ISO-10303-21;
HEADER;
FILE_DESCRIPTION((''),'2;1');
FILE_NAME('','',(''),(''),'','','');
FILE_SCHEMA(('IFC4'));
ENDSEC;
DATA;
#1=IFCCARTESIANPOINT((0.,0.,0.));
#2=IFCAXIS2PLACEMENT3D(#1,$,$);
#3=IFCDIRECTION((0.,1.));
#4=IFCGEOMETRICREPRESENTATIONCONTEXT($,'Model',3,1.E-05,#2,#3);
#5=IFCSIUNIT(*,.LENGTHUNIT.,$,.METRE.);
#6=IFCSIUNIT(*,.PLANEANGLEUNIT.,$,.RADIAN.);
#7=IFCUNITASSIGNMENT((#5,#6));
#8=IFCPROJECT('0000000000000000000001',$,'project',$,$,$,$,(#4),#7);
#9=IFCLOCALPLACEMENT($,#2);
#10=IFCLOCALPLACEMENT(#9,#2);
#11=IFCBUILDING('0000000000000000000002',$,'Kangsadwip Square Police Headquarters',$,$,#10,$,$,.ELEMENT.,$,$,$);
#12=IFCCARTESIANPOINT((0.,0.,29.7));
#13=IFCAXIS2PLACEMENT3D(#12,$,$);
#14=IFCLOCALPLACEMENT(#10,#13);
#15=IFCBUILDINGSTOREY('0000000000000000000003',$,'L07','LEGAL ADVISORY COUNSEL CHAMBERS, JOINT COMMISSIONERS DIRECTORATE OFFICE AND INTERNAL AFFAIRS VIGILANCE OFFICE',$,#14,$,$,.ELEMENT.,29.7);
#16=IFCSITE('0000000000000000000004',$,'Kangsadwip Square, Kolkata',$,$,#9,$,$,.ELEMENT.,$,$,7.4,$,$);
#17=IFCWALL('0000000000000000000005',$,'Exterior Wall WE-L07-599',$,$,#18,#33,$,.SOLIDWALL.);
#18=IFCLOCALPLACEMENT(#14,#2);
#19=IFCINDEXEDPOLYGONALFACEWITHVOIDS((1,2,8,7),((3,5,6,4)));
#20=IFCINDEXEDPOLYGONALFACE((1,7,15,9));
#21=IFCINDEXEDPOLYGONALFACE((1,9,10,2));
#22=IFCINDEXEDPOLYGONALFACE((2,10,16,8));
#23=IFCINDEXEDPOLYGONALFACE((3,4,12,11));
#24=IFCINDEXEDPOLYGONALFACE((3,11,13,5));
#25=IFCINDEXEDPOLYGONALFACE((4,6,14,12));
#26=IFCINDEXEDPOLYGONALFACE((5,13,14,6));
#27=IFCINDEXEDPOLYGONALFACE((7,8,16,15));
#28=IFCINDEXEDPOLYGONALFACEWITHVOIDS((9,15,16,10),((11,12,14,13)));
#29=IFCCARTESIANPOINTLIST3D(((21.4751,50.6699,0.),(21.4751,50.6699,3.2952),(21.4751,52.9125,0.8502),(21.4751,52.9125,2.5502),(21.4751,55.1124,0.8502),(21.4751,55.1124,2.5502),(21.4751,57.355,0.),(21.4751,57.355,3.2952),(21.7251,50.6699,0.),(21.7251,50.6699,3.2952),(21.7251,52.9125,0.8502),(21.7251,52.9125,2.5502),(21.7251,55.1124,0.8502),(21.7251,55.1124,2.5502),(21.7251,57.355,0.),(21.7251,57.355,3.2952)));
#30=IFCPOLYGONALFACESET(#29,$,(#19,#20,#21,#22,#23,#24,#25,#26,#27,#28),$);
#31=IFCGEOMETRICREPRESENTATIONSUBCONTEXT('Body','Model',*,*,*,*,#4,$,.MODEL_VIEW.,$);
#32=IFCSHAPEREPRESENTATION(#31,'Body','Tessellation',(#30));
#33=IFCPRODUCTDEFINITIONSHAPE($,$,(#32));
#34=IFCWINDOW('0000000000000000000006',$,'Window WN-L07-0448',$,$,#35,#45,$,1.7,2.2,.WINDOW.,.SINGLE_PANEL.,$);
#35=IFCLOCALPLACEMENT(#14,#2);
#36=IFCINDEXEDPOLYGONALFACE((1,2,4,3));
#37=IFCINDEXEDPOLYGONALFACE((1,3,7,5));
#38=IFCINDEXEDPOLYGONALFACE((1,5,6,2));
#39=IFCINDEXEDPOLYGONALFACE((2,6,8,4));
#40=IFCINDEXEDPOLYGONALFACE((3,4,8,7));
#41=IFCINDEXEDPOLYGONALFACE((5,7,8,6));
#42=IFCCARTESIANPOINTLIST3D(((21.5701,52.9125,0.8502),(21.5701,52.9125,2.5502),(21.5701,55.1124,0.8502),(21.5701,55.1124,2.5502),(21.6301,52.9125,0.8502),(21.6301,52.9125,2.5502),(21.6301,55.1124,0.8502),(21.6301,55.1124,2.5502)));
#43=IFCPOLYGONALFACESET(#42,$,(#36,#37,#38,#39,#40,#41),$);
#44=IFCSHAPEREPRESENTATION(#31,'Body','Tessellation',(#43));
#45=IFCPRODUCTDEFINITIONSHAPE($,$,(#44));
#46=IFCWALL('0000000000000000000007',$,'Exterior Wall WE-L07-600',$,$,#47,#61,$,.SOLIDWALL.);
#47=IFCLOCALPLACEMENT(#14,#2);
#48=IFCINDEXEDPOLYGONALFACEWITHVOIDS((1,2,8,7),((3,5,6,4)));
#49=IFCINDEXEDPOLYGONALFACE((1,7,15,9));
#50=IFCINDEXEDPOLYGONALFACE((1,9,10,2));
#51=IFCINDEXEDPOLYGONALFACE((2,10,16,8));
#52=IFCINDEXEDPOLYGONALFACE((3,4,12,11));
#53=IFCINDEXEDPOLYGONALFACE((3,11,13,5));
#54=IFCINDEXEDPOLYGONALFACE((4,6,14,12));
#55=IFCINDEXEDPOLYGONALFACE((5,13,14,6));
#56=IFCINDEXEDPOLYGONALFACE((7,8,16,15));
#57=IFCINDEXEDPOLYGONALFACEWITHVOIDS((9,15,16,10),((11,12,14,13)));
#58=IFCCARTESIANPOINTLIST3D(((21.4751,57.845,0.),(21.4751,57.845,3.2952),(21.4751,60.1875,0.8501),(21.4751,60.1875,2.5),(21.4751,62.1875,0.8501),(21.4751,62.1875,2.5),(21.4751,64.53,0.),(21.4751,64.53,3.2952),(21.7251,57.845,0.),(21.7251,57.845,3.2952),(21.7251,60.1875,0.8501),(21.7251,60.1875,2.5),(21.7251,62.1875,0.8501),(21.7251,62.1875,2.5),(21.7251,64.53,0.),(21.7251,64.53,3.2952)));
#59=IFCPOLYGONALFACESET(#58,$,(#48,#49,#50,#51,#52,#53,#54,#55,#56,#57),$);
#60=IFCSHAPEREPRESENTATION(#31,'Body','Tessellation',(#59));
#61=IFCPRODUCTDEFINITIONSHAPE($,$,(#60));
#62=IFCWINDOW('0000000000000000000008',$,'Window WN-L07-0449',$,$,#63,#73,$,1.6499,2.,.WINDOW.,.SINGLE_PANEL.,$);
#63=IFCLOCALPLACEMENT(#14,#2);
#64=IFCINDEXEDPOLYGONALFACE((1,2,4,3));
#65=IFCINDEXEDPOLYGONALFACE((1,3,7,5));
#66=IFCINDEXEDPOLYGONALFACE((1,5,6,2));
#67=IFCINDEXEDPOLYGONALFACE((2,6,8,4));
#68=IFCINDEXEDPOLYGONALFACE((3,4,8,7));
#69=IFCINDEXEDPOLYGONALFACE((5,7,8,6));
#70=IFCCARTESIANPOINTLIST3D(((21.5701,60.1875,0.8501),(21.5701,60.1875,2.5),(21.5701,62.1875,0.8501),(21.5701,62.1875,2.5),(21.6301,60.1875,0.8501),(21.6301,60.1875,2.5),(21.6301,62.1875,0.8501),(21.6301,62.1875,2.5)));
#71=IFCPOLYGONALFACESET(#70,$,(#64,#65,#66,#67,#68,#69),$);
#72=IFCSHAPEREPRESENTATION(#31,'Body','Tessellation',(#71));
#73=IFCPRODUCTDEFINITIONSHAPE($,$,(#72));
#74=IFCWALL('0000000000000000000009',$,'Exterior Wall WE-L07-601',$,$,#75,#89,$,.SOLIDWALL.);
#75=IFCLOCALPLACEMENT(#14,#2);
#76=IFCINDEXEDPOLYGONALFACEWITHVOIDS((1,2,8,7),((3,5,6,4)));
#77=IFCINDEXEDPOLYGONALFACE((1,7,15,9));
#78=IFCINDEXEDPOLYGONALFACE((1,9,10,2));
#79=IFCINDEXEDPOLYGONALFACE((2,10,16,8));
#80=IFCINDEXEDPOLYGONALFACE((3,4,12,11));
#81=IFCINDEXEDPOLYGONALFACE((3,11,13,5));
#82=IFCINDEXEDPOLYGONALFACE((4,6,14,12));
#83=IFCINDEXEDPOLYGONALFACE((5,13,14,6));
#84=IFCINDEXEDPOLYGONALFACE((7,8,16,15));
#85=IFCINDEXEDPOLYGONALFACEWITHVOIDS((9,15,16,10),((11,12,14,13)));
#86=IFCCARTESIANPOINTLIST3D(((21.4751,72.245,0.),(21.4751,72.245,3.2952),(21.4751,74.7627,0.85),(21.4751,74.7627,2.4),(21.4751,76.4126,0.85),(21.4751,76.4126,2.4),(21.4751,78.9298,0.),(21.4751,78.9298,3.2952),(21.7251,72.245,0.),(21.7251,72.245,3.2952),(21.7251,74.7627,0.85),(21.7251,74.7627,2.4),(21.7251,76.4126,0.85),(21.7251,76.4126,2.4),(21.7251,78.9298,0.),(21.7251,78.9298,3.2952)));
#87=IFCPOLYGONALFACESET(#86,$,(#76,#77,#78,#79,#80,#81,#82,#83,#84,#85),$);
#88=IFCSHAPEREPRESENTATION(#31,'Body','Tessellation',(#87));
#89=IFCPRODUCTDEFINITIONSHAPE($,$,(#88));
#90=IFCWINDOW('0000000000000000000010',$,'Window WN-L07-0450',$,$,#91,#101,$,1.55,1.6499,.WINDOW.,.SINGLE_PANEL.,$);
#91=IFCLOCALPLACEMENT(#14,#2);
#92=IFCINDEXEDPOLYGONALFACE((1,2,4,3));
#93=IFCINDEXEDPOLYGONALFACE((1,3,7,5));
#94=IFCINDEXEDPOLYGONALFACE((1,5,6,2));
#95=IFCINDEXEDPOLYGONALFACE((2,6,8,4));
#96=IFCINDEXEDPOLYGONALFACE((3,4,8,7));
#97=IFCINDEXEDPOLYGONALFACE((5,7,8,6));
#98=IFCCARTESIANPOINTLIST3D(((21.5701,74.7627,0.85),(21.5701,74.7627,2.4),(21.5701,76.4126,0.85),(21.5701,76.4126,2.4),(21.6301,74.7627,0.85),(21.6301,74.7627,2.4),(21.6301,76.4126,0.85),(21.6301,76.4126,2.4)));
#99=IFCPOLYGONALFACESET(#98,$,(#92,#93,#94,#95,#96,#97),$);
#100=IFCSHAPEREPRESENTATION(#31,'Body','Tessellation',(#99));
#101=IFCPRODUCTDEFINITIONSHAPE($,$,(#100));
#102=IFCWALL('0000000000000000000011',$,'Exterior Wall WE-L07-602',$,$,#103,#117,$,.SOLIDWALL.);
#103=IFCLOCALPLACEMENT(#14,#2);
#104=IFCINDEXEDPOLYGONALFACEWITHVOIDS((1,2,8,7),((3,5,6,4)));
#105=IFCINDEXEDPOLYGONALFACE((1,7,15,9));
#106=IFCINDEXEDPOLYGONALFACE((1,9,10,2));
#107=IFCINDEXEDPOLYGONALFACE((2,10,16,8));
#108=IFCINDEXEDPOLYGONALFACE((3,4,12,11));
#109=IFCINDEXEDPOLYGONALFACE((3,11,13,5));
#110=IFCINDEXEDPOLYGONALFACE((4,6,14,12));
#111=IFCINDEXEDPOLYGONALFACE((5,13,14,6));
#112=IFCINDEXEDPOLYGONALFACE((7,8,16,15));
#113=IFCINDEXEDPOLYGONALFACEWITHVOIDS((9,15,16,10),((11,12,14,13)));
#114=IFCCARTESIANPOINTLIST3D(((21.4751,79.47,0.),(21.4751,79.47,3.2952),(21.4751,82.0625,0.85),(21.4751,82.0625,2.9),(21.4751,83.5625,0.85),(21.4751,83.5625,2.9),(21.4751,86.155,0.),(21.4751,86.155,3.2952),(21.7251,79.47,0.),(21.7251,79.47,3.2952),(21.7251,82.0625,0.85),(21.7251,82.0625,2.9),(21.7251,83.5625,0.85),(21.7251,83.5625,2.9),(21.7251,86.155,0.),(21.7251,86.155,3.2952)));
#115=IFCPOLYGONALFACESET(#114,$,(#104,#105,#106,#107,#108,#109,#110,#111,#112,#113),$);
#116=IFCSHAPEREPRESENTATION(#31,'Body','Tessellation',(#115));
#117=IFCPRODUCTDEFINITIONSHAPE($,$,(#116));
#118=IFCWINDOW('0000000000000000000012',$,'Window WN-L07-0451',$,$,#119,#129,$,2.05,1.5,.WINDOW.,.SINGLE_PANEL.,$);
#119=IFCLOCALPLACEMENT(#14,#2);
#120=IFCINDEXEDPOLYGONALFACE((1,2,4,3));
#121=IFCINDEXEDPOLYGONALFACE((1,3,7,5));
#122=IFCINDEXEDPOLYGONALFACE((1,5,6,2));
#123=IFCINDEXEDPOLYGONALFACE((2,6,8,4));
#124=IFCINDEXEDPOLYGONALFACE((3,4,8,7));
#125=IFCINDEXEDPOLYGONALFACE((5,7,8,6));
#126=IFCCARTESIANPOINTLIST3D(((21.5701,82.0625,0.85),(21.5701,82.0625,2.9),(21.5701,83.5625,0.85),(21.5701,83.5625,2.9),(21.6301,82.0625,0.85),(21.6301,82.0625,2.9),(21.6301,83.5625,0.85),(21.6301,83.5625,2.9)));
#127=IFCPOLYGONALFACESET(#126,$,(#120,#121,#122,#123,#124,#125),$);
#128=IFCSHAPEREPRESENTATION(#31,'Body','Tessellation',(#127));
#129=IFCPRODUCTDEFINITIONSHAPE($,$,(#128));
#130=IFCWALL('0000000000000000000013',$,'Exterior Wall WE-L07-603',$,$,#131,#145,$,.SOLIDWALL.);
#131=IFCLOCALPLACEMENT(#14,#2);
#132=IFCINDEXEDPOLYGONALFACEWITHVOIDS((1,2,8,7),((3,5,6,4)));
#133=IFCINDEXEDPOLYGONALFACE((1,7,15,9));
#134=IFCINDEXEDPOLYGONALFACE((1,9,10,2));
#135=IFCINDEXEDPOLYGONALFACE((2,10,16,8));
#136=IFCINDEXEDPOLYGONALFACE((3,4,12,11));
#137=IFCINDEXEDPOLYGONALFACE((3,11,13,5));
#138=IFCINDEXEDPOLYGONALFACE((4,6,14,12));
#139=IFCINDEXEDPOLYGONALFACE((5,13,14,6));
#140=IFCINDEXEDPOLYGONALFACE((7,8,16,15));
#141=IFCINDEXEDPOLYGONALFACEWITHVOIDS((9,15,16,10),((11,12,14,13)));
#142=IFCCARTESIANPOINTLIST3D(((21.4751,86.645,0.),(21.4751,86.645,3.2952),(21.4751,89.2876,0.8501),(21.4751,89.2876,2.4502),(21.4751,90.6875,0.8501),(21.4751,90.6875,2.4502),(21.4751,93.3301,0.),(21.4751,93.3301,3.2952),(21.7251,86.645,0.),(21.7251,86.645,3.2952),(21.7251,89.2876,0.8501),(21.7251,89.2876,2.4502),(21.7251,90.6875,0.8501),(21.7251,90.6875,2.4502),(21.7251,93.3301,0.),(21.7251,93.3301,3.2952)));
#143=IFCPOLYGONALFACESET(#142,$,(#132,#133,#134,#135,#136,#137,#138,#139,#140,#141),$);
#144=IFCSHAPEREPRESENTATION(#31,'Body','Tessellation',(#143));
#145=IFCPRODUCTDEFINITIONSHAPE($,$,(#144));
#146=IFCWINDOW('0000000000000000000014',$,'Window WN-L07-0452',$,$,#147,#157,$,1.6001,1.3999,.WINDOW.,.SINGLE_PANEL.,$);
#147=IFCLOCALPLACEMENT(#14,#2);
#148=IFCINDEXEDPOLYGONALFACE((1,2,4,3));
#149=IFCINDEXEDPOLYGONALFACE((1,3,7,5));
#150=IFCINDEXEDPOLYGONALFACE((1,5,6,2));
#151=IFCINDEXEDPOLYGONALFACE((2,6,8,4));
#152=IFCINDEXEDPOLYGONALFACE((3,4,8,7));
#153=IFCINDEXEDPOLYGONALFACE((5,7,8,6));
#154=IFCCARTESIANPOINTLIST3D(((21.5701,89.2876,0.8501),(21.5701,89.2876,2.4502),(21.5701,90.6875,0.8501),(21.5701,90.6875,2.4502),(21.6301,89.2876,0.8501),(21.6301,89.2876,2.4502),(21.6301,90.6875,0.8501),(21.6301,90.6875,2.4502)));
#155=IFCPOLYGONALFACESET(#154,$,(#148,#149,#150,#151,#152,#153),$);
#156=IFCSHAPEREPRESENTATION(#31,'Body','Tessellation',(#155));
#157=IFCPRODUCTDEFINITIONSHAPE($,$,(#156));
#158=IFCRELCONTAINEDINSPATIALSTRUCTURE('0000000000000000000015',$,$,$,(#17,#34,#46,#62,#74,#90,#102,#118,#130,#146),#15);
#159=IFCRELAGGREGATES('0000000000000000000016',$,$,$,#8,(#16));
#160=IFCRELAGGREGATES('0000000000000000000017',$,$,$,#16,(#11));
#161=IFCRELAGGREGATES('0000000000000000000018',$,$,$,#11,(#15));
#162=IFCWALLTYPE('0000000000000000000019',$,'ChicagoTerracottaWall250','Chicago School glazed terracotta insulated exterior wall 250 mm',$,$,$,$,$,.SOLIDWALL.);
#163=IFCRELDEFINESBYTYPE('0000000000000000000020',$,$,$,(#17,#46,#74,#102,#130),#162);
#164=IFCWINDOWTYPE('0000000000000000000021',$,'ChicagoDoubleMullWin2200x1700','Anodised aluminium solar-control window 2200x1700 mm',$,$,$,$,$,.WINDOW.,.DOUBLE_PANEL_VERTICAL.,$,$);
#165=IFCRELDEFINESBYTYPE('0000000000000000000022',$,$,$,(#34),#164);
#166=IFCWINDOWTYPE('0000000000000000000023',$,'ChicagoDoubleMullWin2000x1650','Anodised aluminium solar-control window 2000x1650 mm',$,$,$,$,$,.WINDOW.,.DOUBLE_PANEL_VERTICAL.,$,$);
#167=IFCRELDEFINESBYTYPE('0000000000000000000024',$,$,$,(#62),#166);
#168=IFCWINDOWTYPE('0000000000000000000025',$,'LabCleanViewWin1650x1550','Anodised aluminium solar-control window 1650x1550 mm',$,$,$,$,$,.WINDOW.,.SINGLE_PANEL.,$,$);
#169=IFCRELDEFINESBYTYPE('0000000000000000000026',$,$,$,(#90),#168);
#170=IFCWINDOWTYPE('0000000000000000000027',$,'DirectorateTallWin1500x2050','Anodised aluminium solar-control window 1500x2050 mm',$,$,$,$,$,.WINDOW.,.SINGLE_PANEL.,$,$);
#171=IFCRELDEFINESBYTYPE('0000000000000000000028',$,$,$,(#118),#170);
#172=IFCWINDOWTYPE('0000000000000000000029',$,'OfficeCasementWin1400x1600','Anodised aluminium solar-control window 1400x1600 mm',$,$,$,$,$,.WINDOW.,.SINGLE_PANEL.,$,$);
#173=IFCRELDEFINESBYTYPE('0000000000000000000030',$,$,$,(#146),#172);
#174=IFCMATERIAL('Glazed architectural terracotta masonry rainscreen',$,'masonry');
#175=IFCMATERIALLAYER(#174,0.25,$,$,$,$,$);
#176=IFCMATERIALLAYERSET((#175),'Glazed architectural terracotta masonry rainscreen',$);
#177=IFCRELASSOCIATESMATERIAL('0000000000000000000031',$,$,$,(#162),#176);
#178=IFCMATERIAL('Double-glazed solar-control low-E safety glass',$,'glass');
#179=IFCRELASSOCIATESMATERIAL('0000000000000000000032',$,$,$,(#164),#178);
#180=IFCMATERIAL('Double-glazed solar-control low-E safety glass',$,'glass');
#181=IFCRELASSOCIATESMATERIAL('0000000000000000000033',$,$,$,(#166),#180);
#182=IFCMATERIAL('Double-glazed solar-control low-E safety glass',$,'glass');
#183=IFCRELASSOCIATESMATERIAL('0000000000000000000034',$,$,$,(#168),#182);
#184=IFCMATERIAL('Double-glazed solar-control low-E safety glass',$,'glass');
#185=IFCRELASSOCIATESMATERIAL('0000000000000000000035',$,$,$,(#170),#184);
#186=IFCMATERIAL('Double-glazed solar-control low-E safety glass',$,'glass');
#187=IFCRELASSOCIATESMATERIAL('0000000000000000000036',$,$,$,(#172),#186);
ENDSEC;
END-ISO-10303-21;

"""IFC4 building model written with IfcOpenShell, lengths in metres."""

from ifc_helpers import new_model, si_unit, direction, frame, frame_2d, origin, place, context, subcontext, project, spatial, rectangle, extrude, material, layer, layer_set, type_object, element, fill, save


model = new_model("IFC4")

# Units and contexts
model_context = context("Model", 3, precision=1e-05, world=origin(), true_north=direction((0.0, 1.0)))
body_context = subcontext(model_context, "Body", "Model", "MODEL_VIEW")
ifc_project = project(units=[si_unit("LENGTHUNIT", "METRE"), si_unit("PLANEANGLEUNIT", "RADIAN")], contexts=[model_context])

# Site, building, storey
site_placement = place(None, origin())
site = spatial("IfcSite", under=ifc_project, at=site_placement, Name="Kangsadwip Square, Kolkata", CompositionType="ELEMENT", RefElevation=7.4)
building_placement = place(site_placement, origin())
building = spatial("IfcBuilding", under=site, at=building_placement, Name="Kangsadwip Square Police Headquarters", CompositionType="ELEMENT")
storey_placement = place(building_placement, frame((0.0, 0.0, 29.7)))
storey = spatial("IfcBuildingStorey", under=building, at=storey_placement, Name="L07", Description="LEGAL ADVISORY COUNSEL CHAMBERS, JOINT COMMISSIONERS DIRECTORATE OFFICE AND INTERNAL AFFAIRS VIGILANCE OFFICE", CompositionType="ELEMENT", Elevation=29.7)

# Walls, openings, windows
ifc_material_1 = material(Name="Glazed architectural terracotta masonry rainscreen", Category="masonry")
ifc_layer_1 = layer(ifc_material_1, 0.25)
ifc_layer_set_1 = layer_set([ifc_layer_1], Name="Glazed architectural terracotta masonry rainscreen")
wall_type = type_object("IfcWallType", Name="ChicagoTerracottaWall250", Description="Chicago School glazed terracotta insulated exterior wall 250 mm", PredefinedType="SOLIDWALL", material=ifc_layer_set_1)
wall_1_placement = place(storey_placement, frame((21.6001, 50.6699, 0.0), z_axis=(0.0, 0.0, 1.0), x_axis=(0.0, 1.0, 0.0)))
wall_1 = element("IfcWall", 1, at=wall_1_placement, inside=storey, type_object=wall_type, Name="Exterior Wall WE-L07-599", PredefinedType="SOLIDWALL", context=body_context, shape_type="SweptSolid", body=[
    extrude(rectangle(XDim=6.6851, YDim=0.25, at=frame_2d((3.3425, 0.0))), origin(), (0.0, 0.0, 1.0), 3.2952),
])
opening_1_placement = place(wall_1_placement, frame((2.2424, 0.0, 0.8501)))
opening_1 = element("IfcOpeningElement", 2, at=opening_1_placement, cuts=wall_1, PredefinedType="OPENING", context=body_context, shape_type="SweptSolid", body=[
    extrude(rectangle(XDim=2.2, YDim=1.7, at=frame_2d((1.1001, 0.8501))), frame((0.0, 0.135, 0.0), z_axis=(0.0, -1.0, 0.0), x_axis=(1.0, 0.0, 0.0)), (0.0, 0.0, 1.0), 0.27),
])
ifc_material_2 = material(Name="Double-glazed solar-control low-E safety glass", Category="glass")
window_type_1 = type_object("IfcWindowType", Name="ChicagoDoubleMullWin2200x1700", Description="Anodised aluminium solar-control window 2200x1700 mm", PartitioningType="DOUBLE_PANEL_VERTICAL", PredefinedType="WINDOW", material=ifc_material_2)
window_1_placement = place(opening_1_placement, origin())
window_1 = element("IfcWindow", 3, at=window_1_placement, inside=storey, type_object=window_type_1, Name="Window WN-L07-0448", OverallHeight=1.7, OverallWidth=2.2, PartitioningType="SINGLE_PANEL", PredefinedType="WINDOW", context=body_context, shape_type="SweptSolid", body=[
    extrude(rectangle(XDim=2.2, YDim=1.7, at=frame_2d((1.1001, 0.8501))), frame((0.0, 0.03, 0.0), z_axis=(0.0, -1.0, 0.0), x_axis=(1.0, 0.0, 0.0)), (0.0, 0.0, 1.0), 0.0601),
])
fill(opening_1, window_1)
wall_2_placement = place(storey_placement, frame((21.6001, 57.845, 0.0), z_axis=(0.0, 0.0, 1.0), x_axis=(0.0, 1.0, 0.0)))
wall_2 = element("IfcWall", 4, at=wall_2_placement, inside=storey, type_object=wall_type, Name="Exterior Wall WE-L07-600", PredefinedType="SOLIDWALL", context=body_context, shape_type="SweptSolid", body=[
    extrude(rectangle(XDim=6.6851, YDim=0.25, at=frame_2d((3.3425, 0.0))), origin(), (0.0, 0.0, 1.0), 3.2952),
])
opening_2_placement = place(wall_2_placement, frame((2.3425, 0.0, 0.8501)))
opening_2 = element("IfcOpeningElement", 5, at=opening_2_placement, cuts=wall_2, PredefinedType="OPENING", context=body_context, shape_type="SweptSolid", body=[
    extrude(rectangle(XDim=2.0, YDim=1.6499, at=frame_2d((1.0, 0.825))), frame((0.0, 0.135, 0.0), z_axis=(0.0, -1.0, 0.0), x_axis=(1.0, 0.0, 0.0)), (0.0, 0.0, 1.0), 0.27),
])
ifc_material_3 = material(Name="Double-glazed solar-control low-E safety glass", Category="glass")
window_type_2 = type_object("IfcWindowType", Name="ChicagoDoubleMullWin2000x1650", Description="Anodised aluminium solar-control window 2000x1650 mm", PartitioningType="DOUBLE_PANEL_VERTICAL", PredefinedType="WINDOW", material=ifc_material_3)
window_2_placement = place(opening_2_placement, origin())
window_2 = element("IfcWindow", 6, at=window_2_placement, inside=storey, type_object=window_type_2, Name="Window WN-L07-0449", OverallHeight=1.6499, OverallWidth=2.0, PartitioningType="SINGLE_PANEL", PredefinedType="WINDOW", context=body_context, shape_type="SweptSolid", body=[
    extrude(rectangle(XDim=2.0, YDim=1.6499, at=frame_2d((1.0, 0.825))), frame((0.0, 0.03, 0.0), z_axis=(0.0, -1.0, 0.0), x_axis=(1.0, 0.0, 0.0)), (0.0, 0.0, 1.0), 0.0601),
])
fill(opening_2, window_2)
wall_3_placement = place(storey_placement, frame((21.6001, 72.2451, 0.0), z_axis=(0.0, 0.0, 1.0), x_axis=(0.0, 1.0, 0.0)))
wall_3 = element("IfcWall", 7, at=wall_3_placement, inside=storey, type_object=wall_type, Name="Exterior Wall WE-L07-601", PredefinedType="SOLIDWALL", context=body_context, shape_type="SweptSolid", body=[
    extrude(rectangle(XDim=6.6848, YDim=0.25, at=frame_2d((3.3423, 0.0))), origin(), (0.0, 0.0, 1.0), 3.2952),
])
opening_3_placement = place(wall_3_placement, frame((2.5176, 0.0, 0.8501)))
opening_3 = element("IfcOpeningElement", 8, at=opening_3_placement, cuts=wall_3, PredefinedType="OPENING", context=body_context, shape_type="SweptSolid", body=[
    extrude(rectangle(XDim=1.6499, YDim=1.55, at=frame_2d((0.825, 0.7749))), frame((0.0, 0.135, 0.0), z_axis=(0.0, -1.0, 0.0), x_axis=(1.0, 0.0, 0.0)), (0.0, 0.0, 1.0), 0.27),
])
ifc_material_4 = material(Name="Double-glazed solar-control low-E safety glass", Category="glass")
window_type_3 = type_object("IfcWindowType", Name="LabCleanViewWin1650x1550", Description="Anodised aluminium solar-control window 1650x1550 mm", PartitioningType="SINGLE_PANEL", PredefinedType="WINDOW", material=ifc_material_4)
window_3_placement = place(opening_3_placement, origin())
window_3 = element("IfcWindow", 9, at=window_3_placement, inside=storey, type_object=window_type_3, Name="Window WN-L07-0450", OverallHeight=1.55, OverallWidth=1.6499, PartitioningType="SINGLE_PANEL", PredefinedType="WINDOW", context=body_context, shape_type="SweptSolid", body=[
    extrude(rectangle(XDim=1.6499, YDim=1.55, at=frame_2d((0.825, 0.7749))), frame((0.0, 0.03, 0.0), z_axis=(0.0, -1.0, 0.0), x_axis=(1.0, 0.0, 0.0)), (0.0, 0.0, 1.0), 0.0601),
])
fill(opening_3, window_3)
wall_4_placement = place(storey_placement, frame((21.6001, 79.47, 0.0), z_axis=(0.0, 0.0, 1.0), x_axis=(0.0, 1.0, 0.0)))
wall_4 = element("IfcWall", 10, at=wall_4_placement, inside=storey, type_object=wall_type, Name="Exterior Wall WE-L07-602", PredefinedType="SOLIDWALL", context=body_context, shape_type="SweptSolid", body=[
    extrude(rectangle(XDim=6.6851, YDim=0.25, at=frame_2d((3.3425, 0.0))), origin(), (0.0, 0.0, 1.0), 3.2952),
])
opening_4_placement = place(wall_4_placement, frame((2.5925, 0.0, 0.8501)))
opening_4 = element("IfcOpeningElement", 11, at=opening_4_placement, cuts=wall_4, PredefinedType="OPENING", context=body_context, shape_type="SweptSolid", body=[
    extrude(rectangle(XDim=1.5, YDim=2.05, at=frame_2d((0.75, 1.0249))), frame((0.0, 0.135, 0.0), z_axis=(0.0, -1.0, 0.0), x_axis=(1.0, 0.0, 0.0)), (0.0, 0.0, 1.0), 0.27),
])
ifc_material_5 = material(Name="Double-glazed solar-control low-E safety glass", Category="glass")
window_type_4 = type_object("IfcWindowType", Name="DirectorateTallWin1500x2050", Description="Anodised aluminium solar-control window 1500x2050 mm", PartitioningType="SINGLE_PANEL", PredefinedType="WINDOW", material=ifc_material_5)
window_4_placement = place(opening_4_placement, origin())
window_4 = element("IfcWindow", 12, at=window_4_placement, inside=storey, type_object=window_type_4, Name="Window WN-L07-0451", OverallHeight=2.05, OverallWidth=1.5, PartitioningType="SINGLE_PANEL", PredefinedType="WINDOW", context=body_context, shape_type="SweptSolid", body=[
    extrude(rectangle(XDim=1.5, YDim=2.05, at=frame_2d((0.75, 1.0249))), frame((0.0, 0.03, 0.0), z_axis=(0.0, -1.0, 0.0), x_axis=(1.0, 0.0, 0.0)), (0.0, 0.0, 1.0), 0.0601),
])
fill(opening_4, window_4)
wall_5_placement = place(storey_placement, frame((21.6001, 86.645, 0.0), z_axis=(0.0, 0.0, 1.0), x_axis=(0.0, 1.0, 0.0)))
wall_5 = element("IfcWall", 13, at=wall_5_placement, inside=storey, type_object=wall_type, Name="Exterior Wall WE-L07-603", PredefinedType="SOLIDWALL", context=body_context, shape_type="SweptSolid", body=[
    extrude(rectangle(XDim=6.6851, YDim=0.25, at=frame_2d((3.3425, 0.0))), origin(), (0.0, 0.0, 1.0), 3.2952),
])
opening_5_placement = place(wall_5_placement, frame((2.6426, 0.0, 0.8501)))
opening_5 = element("IfcOpeningElement", 14, at=opening_5_placement, cuts=wall_5, PredefinedType="OPENING", context=body_context, shape_type="SweptSolid", body=[
    extrude(rectangle(XDim=1.3999, YDim=1.6001, at=frame_2d((0.7, 0.8))), frame((0.0, 0.135, 0.0), z_axis=(0.0, -1.0, 0.0), x_axis=(1.0, 0.0, 0.0)), (0.0, 0.0, 1.0), 0.27),
])
ifc_material_6 = material(Name="Double-glazed solar-control low-E safety glass", Category="glass")
window_type_5 = type_object("IfcWindowType", Name="OfficeCasementWin1400x1600", Description="Anodised aluminium solar-control window 1400x1600 mm", PartitioningType="SINGLE_PANEL", PredefinedType="WINDOW", material=ifc_material_6)
window_5_placement = place(opening_5_placement, origin())
window_5 = element("IfcWindow", 15, at=window_5_placement, inside=storey, type_object=window_type_5, Name="Window WN-L07-0452", OverallHeight=1.6001, OverallWidth=1.3999, PartitioningType="SINGLE_PANEL", PredefinedType="WINDOW", context=body_context, shape_type="SweptSolid", body=[
    extrude(rectangle(XDim=1.3999, YDim=1.6001, at=frame_2d((0.7, 0.8))), frame((0.0, 0.03, 0.0), z_axis=(0.0, -1.0, 0.0), x_axis=(1.0, 0.0, 0.0)), (0.0, 0.0, 1.0), 0.0601),
])
fill(opening_5, window_5)

save(model, "model.ifc")
